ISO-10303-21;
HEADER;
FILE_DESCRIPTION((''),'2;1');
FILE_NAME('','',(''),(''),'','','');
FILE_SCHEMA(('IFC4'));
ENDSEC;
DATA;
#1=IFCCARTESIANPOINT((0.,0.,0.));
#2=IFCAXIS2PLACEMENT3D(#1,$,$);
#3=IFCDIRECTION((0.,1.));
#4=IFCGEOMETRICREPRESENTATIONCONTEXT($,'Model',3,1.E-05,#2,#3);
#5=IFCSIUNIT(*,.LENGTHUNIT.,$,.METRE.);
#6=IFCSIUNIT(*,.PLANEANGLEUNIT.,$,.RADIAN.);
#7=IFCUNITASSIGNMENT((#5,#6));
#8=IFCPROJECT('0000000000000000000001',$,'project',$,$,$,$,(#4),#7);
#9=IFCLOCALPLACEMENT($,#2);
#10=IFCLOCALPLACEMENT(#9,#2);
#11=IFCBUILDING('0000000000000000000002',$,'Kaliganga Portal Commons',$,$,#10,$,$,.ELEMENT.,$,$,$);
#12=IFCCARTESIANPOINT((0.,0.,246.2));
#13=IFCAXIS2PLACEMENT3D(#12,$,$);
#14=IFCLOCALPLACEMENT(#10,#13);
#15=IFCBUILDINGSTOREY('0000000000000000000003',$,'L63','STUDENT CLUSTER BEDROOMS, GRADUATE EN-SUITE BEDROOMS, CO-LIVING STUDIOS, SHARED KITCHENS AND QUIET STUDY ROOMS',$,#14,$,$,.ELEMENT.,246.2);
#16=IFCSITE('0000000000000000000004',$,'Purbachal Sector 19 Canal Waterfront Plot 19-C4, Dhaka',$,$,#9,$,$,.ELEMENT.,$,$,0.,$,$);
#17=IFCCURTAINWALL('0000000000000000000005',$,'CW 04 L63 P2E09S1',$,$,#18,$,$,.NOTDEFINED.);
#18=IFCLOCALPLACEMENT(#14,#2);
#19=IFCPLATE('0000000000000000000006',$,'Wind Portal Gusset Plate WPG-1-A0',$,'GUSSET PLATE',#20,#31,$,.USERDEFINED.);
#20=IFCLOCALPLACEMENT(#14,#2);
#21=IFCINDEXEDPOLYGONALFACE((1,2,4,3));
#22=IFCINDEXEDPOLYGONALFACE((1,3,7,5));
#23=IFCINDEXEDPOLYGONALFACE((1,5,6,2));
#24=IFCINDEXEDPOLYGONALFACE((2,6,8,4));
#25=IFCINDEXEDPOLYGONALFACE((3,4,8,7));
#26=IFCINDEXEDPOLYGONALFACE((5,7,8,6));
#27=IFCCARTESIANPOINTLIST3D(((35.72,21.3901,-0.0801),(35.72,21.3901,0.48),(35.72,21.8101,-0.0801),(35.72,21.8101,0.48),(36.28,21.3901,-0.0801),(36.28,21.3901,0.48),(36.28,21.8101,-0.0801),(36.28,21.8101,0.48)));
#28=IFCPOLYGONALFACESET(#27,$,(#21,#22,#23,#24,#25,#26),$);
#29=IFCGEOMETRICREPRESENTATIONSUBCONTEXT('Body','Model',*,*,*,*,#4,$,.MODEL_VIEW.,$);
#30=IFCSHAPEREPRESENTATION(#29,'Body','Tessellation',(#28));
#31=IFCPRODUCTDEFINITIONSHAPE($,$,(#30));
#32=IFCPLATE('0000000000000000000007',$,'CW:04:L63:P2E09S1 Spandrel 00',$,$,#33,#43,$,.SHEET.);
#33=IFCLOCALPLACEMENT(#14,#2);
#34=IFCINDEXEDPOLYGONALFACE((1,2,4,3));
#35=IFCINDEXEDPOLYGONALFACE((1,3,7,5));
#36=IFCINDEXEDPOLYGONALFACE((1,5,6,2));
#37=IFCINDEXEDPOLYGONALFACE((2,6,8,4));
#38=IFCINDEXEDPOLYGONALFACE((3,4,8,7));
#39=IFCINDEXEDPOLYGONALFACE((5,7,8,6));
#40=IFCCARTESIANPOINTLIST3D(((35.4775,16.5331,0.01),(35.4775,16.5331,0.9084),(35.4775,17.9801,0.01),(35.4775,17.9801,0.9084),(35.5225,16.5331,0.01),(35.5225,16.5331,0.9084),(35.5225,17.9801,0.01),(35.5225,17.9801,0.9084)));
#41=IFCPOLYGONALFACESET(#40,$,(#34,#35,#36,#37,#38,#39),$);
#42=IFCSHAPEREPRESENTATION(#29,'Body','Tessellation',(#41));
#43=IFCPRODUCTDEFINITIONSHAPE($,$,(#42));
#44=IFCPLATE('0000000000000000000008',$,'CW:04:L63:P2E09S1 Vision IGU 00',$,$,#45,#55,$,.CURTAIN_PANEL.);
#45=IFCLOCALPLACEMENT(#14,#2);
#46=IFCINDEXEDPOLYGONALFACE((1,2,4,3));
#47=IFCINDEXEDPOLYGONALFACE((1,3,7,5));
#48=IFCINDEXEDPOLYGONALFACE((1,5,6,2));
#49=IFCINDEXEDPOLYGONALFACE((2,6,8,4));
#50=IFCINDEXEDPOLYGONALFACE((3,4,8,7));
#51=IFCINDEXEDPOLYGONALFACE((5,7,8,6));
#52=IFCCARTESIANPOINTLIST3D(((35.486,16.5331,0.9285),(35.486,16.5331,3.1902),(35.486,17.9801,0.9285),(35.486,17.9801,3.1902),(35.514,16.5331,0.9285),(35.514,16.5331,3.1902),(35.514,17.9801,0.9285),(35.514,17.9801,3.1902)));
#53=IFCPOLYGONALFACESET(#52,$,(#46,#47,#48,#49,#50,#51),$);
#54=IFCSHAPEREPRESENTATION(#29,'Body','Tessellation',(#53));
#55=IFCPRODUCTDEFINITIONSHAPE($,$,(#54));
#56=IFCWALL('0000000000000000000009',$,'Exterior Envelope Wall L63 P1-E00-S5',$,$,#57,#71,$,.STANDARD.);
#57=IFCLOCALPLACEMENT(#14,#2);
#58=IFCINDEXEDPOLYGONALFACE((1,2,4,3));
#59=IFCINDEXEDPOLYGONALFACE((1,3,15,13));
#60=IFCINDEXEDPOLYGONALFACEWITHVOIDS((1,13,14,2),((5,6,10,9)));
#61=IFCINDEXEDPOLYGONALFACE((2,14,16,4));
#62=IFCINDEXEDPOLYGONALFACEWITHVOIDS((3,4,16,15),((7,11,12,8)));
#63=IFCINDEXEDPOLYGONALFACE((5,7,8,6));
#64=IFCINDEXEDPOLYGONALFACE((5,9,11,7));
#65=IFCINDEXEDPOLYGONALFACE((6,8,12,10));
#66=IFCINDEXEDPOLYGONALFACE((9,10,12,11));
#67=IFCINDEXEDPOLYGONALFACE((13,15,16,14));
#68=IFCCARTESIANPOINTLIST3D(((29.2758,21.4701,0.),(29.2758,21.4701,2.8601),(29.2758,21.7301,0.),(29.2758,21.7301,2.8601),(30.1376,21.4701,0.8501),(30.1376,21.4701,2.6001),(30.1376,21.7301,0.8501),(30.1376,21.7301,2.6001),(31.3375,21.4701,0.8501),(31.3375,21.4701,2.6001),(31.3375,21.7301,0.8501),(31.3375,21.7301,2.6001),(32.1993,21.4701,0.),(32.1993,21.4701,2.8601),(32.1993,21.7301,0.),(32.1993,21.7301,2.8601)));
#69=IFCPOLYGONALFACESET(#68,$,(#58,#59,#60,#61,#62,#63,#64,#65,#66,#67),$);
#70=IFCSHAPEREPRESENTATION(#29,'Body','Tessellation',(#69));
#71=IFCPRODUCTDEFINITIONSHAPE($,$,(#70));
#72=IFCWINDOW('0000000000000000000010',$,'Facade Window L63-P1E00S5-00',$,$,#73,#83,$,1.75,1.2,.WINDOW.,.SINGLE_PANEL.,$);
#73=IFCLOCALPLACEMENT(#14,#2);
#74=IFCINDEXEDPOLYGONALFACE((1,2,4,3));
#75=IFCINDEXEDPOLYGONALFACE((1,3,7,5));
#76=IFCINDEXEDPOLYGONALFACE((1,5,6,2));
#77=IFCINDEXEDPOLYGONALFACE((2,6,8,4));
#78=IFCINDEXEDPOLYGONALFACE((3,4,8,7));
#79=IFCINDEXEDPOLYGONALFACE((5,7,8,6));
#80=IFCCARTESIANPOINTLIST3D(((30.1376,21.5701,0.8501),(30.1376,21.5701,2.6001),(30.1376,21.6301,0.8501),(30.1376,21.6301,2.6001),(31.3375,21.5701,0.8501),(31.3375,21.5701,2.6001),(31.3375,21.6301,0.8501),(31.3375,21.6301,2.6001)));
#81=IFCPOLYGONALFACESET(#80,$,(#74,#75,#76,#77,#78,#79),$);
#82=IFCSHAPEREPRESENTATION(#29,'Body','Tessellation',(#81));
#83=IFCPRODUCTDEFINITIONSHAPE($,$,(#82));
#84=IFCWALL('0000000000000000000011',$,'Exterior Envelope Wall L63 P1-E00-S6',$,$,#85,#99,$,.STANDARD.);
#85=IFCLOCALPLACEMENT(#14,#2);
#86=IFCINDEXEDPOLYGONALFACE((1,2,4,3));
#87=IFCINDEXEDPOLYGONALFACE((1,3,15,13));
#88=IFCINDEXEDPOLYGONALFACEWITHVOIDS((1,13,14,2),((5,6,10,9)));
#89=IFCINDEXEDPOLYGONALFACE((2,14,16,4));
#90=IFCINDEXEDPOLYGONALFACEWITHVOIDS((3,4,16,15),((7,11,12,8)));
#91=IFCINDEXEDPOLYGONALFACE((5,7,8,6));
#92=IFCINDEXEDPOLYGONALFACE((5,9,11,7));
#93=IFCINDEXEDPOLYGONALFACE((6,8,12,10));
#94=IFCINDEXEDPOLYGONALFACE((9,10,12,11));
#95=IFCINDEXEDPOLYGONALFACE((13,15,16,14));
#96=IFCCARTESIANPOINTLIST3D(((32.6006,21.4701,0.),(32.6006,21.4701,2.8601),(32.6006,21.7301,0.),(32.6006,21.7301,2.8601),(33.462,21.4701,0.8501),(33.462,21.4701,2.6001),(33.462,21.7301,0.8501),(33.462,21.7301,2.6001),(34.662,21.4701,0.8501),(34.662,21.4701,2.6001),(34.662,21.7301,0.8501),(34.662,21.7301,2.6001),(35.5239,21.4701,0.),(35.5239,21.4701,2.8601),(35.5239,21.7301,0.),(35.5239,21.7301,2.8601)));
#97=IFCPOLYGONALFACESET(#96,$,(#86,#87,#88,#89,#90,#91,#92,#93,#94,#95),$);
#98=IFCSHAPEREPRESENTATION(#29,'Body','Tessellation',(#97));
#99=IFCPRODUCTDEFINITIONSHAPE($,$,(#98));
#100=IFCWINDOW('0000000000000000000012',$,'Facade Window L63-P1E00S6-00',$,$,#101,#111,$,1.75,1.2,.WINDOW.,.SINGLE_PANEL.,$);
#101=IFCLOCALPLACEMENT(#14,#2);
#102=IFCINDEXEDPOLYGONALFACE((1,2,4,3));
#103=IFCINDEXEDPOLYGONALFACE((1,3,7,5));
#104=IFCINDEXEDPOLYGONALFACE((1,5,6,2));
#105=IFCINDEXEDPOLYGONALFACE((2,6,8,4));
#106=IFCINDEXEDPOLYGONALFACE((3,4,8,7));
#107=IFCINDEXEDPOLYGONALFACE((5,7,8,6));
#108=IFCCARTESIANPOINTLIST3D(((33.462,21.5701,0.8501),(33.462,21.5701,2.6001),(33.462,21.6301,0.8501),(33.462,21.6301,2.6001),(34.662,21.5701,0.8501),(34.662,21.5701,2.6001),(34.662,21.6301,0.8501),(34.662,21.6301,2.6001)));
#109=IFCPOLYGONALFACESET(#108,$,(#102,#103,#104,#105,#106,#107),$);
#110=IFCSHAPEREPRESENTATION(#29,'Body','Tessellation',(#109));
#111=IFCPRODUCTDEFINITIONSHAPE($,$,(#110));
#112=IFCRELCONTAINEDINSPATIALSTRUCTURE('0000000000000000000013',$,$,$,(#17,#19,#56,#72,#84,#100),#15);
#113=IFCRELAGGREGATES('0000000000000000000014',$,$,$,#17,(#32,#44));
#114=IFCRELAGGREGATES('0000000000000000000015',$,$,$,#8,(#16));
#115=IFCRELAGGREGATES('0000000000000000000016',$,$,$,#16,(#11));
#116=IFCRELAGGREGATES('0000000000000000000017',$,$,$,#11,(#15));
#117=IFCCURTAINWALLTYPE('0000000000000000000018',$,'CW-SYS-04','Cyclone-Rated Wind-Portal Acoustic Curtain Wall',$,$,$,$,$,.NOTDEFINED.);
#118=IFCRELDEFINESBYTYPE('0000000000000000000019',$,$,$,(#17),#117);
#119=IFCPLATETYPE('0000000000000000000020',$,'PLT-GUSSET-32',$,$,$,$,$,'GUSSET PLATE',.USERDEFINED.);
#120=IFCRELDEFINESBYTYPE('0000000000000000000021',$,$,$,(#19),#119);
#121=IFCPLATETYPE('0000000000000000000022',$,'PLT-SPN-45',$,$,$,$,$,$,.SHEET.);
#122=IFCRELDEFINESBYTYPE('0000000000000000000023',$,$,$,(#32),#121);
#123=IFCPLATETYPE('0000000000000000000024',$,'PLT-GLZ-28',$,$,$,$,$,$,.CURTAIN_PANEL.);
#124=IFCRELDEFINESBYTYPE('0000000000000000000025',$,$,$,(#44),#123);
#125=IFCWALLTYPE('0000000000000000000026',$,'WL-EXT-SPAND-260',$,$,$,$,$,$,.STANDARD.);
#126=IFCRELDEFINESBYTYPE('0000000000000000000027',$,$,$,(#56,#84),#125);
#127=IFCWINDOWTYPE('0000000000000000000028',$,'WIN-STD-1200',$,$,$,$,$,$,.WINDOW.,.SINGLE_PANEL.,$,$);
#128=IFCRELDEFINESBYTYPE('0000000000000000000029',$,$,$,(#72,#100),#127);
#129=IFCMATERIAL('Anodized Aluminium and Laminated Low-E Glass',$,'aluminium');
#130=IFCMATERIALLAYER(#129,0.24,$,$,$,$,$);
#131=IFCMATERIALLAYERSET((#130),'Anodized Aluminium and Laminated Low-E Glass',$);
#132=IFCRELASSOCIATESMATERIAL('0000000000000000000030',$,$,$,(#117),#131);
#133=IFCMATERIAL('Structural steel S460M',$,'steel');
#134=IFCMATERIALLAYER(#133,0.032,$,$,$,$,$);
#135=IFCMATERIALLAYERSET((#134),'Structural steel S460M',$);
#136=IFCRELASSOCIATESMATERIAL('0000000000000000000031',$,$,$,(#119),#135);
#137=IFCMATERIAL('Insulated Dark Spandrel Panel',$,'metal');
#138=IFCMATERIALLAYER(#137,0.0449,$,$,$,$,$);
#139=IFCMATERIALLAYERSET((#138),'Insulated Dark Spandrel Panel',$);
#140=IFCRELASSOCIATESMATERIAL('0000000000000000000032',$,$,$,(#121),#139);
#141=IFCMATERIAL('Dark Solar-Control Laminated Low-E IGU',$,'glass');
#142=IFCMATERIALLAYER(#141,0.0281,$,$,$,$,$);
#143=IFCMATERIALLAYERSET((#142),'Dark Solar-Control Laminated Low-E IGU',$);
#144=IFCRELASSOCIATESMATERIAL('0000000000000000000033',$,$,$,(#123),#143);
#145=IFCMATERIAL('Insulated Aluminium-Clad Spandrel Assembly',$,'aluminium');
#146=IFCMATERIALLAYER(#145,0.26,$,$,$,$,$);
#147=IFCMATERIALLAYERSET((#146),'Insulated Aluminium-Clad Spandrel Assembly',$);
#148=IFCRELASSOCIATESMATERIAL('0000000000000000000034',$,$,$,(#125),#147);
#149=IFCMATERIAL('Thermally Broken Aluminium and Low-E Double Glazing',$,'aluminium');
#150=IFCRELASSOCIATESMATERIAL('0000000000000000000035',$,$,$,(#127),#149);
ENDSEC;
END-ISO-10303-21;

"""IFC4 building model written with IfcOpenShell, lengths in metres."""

from ifc_helpers import new_model, si_unit, direction, frame, frame_2d, origin, origin_2d, place, context, subcontext, project, spatial, rectangle, extrude, source, transform, mapped, material, layer, layer_set, type_object, element, fill, aggregate, save


model = new_model("IFC4")

# Units and contexts
model_context = context("Model", 3, precision=1e-05, world=origin(), true_north=direction((0.0, 1.0)))
body_context = subcontext(model_context, "Body", "Model", "MODEL_VIEW")
ifc_project = project(units=[si_unit("LENGTHUNIT", "METRE"), si_unit("PLANEANGLEUNIT", "RADIAN")], contexts=[model_context])

# Site, building, storey
site_placement = place(None, origin())
site = spatial("IfcSite", under=ifc_project, at=site_placement, Name="Purbachal Sector 19 Canal Waterfront Plot 19-C4, Dhaka", CompositionType="ELEMENT", RefElevation=0.0)
building_placement = place(site_placement, origin())
building = spatial("IfcBuilding", under=site, at=building_placement, Name="Kaliganga Portal Commons", CompositionType="ELEMENT")
storey_placement = place(building_placement, frame((0.0, 0.0, 246.2)))
storey = spatial("IfcBuildingStorey", under=building, at=storey_placement, Name="L63", Description="STUDENT CLUSTER BEDROOMS, GRADUATE EN-SUITE BEDROOMS, CO-LIVING STUDIOS, SHARED KITCHENS AND QUIET STUDY ROOMS", CompositionType="ELEMENT", Elevation=246.2)

# Shared definitions
ifc_material_1 = material(Name="Structural steel S460M", Category="steel")

# Curtain wall
ifc_material_2 = material(Name="Anodized Aluminium and Laminated Low-E Glass", Category="aluminium")
ifc_layer_1 = layer(ifc_material_2, 0.24)
ifc_layer_set_1 = layer_set([ifc_layer_1], Name="Anodized Aluminium and Laminated Low-E Glass")
curtain_wall_type = type_object("IfcCurtainWallType", Name="CW-SYS-04", Description="Cyclone-Rated Wind-Portal Acoustic Curtain Wall", PredefinedType="NOTDEFINED", material=ifc_layer_set_1)
curtain_wall_placement = place(storey_placement, origin())
curtain_wall = element("IfcCurtainWall", 1, at=curtain_wall_placement, inside=storey, type_object=curtain_wall_type, Name="CW 04 L63 P2E09S1", PredefinedType="NOTDEFINED")

# Plates
ifc_layer_2 = layer(ifc_material_1, 0.032)
ifc_layer_set_2 = layer_set([ifc_layer_2], Name="Structural steel S460M")
plate_type_1 = type_object("IfcPlateType", Name="PLT-GUSSET-32", ElementType="GUSSET PLATE", PredefinedType="USERDEFINED", material=ifc_layer_set_2)
shared_shape_1 = source(origin(), body_context, "Body", "SweptSolid", [
    extrude(rectangle(XDim=0.5601, YDim=0.4199, at=origin_2d()), origin(), (0.0, 0.0, 1.0), 0.5601),
])
plate_1_placement = place(storey_placement, frame((36.0, 21.6001, -0.0801), z_axis=(0.0, 0.0, 1.0), x_axis=(1.0, 0.0, 0.0)))
element("IfcPlate", 2, at=plate_1_placement, inside=storey, type_object=plate_type_1, Name="Wind Portal Gusset Plate WPG-1-A0", ObjectType="GUSSET PLATE", PredefinedType="USERDEFINED", context=body_context, shape_type="MappedRepresentation", body=[
    mapped(shared_shape_1, transform((0.0, 0.0, 0.0), x_axis=(1.0, 0.0, 0.0), y_axis=(0.0, 1.0, 0.0), z_axis=(0.0, 0.0, 1.0), scale=1.0)),
])
ifc_material_3 = material(Name="Insulated Dark Spandrel Panel", Category="metal")
ifc_layer_3 = layer(ifc_material_3, 0.0449)
ifc_layer_set_3 = layer_set([ifc_layer_3], Name="Insulated Dark Spandrel Panel")
plate_type_2 = type_object("IfcPlateType", Name="PLT-SPN-45", PredefinedType="SHEET", material=ifc_layer_set_3)
shared_shape_2 = source(origin(), body_context, "Body", "SweptSolid", [
    extrude(rectangle(XDim=1.447, YDim=0.0449, at=origin_2d()), origin(), (0.0, 0.0, 1.0), 0.8984),
])
plate_2_placement = place(storey_placement, frame((35.5, 17.2566, 0.01), z_axis=(0.0, 0.0, 1.0), x_axis=(0.0, -1.0, 0.0)))
plate_2 = element("IfcPlate", 3, at=plate_2_placement, type_object=plate_type_2, Name="CW:04:L63:P2E09S1 Spandrel 00", PredefinedType="SHEET", context=body_context, shape_type="MappedRepresentation", body=[
    mapped(shared_shape_2, transform((0.0, 0.0, 0.0), x_axis=(1.0, 0.0, 0.0), y_axis=(0.0, 1.0, 0.0), z_axis=(0.0, 0.0, 1.0), scale=1.0)),
])
ifc_material_4 = material(Name="Dark Solar-Control Laminated Low-E IGU", Category="glass")
ifc_layer_4 = layer(ifc_material_4, 0.0281)
ifc_layer_set_4 = layer_set([ifc_layer_4], Name="Dark Solar-Control Laminated Low-E IGU")
plate_type_3 = type_object("IfcPlateType", Name="PLT-GLZ-28", PredefinedType="CURTAIN_PANEL", material=ifc_layer_set_4)
shared_shape_3 = source(origin(), body_context, "Body", "SweptSolid", [
    extrude(rectangle(XDim=1.447, YDim=0.0281, at=origin_2d()), origin(), (0.0, 0.0, 1.0), 2.2617),
])
plate_3_placement = place(storey_placement, frame((35.5, 17.2566, 0.9285), z_axis=(0.0, 0.0, 1.0), x_axis=(0.0, -1.0, 0.0)))
plate_3 = element("IfcPlate", 4, at=plate_3_placement, type_object=plate_type_3, Name="CW:04:L63:P2E09S1 Vision IGU 00", PredefinedType="CURTAIN_PANEL", context=body_context, shape_type="MappedRepresentation", body=[
    mapped(shared_shape_3, transform((0.0, 0.0, 0.0), x_axis=(1.0, 0.0, 0.0), y_axis=(0.0, 1.0, 0.0), z_axis=(0.0, 0.0, 1.0), scale=1.0)),
])
aggregate(curtain_wall, [plate_2, plate_3])

# Walls, openings, windows
ifc_material_5 = material(Name="Insulated Aluminium-Clad Spandrel Assembly", Category="aluminium")
ifc_layer_5 = layer(ifc_material_5, 0.26)
ifc_layer_set_5 = layer_set([ifc_layer_5], Name="Insulated Aluminium-Clad Spandrel Assembly")
wall_type_1 = type_object("IfcWallType", Name="WL-EXT-SPAND-260", PredefinedType="STANDARD", material=ifc_layer_set_5)
wall_1_placement = place(storey_placement, frame((32.1995, 21.6001, 0.0), z_axis=(0.0, 0.0, 1.0), x_axis=(-1.0, 0.0, 0.0)))
wall_1 = element("IfcWall", 5, at=wall_1_placement, inside=storey, type_object=wall_type_1, Name="Exterior Envelope Wall L63 P1-E00-S5", PredefinedType="STANDARD", context=body_context, shape_type="SweptSolid", body=[
    extrude(rectangle(XDim=2.9236, YDim=0.26, at=frame_2d((1.4619, 0.0))), origin(), (0.0, 0.0, 1.0), 2.8601),
])
opening_1_placement = place(wall_1_placement, frame((0.8618, 0.0, 0.8501)))
opening_1 = element("IfcOpeningElement", 6, at=opening_1_placement, cuts=wall_1, PredefinedType="OPENING", context=body_context, shape_type="SweptSolid", body=[
    extrude(rectangle(XDim=1.2, YDim=1.75, at=frame_2d((0.6001, 0.875))), frame((0.0, 0.1401, 0.0), z_axis=(0.0, -1.0, 0.0), x_axis=(1.0, 0.0, 0.0)), (0.0, 0.0, 1.0), 0.28),
])
ifc_material_6 = material(Name="Thermally Broken Aluminium and Low-E Double Glazing", Category="aluminium")
window_type = type_object("IfcWindowType", Name="WIN-STD-1200", PartitioningType="SINGLE_PANEL", PredefinedType="WINDOW", material=ifc_material_6)
window_1_placement = place(opening_1_placement, origin())
window_1 = element("IfcWindow", 7, at=window_1_placement, inside=storey, type_object=window_type, Name="Facade Window L63-P1E00S5-00", OverallHeight=1.75, OverallWidth=1.2, PartitioningType="SINGLE_PANEL", PredefinedType="WINDOW", context=body_context, shape_type="SweptSolid", body=[
    extrude(rectangle(XDim=1.2, YDim=1.75, at=frame_2d((0.6001, 0.875))), frame((0.0, 0.03, 0.0), z_axis=(0.0, -1.0, 0.0), x_axis=(1.0, 0.0, 0.0)), (0.0, 0.0, 1.0), 0.0601),
])
fill(opening_1, window_1)
wall_2_placement = place(storey_placement, frame((35.5239, 21.6001, 0.0), z_axis=(0.0, 0.0, 1.0), x_axis=(-1.0, 0.0, 0.0)))
wall_2 = element("IfcWall", 8, at=wall_2_placement, inside=storey, type_object=wall_type_1, Name="Exterior Envelope Wall L63 P1-E00-S6", PredefinedType="STANDARD", context=body_context, shape_type="SweptSolid", body=[
    extrude(rectangle(XDim=2.9233, YDim=0.26, at=frame_2d((1.4617, 0.0))), origin(), (0.0, 0.0, 1.0), 2.8601),
])
opening_2_placement = place(wall_2_placement, frame((0.8618, 0.0, 0.8501)))
opening_2 = element("IfcOpeningElement", 9, at=opening_2_placement, cuts=wall_2, PredefinedType="OPENING", context=body_context, shape_type="SweptSolid", body=[
    extrude(rectangle(XDim=1.2, YDim=1.75, at=frame_2d((0.6001, 0.875))), frame((0.0, 0.1401, 0.0), z_axis=(0.0, -1.0, 0.0), x_axis=(1.0, 0.0, 0.0)), (0.0, 0.0, 1.0), 0.28),
])
window_2_placement = place(opening_2_placement, origin())
window_2 = element("IfcWindow", 10, at=window_2_placement, inside=storey, type_object=window_type, Name="Facade Window L63-P1E00S6-00", OverallHeight=1.75, OverallWidth=1.2, PartitioningType="SINGLE_PANEL", PredefinedType="WINDOW", context=body_context, shape_type="SweptSolid", body=[
    extrude(rectangle(XDim=1.2, YDim=1.75, at=frame_2d((0.6001, 0.875))), frame((0.0, 0.03, 0.0), z_axis=(0.0, -1.0, 0.0), x_axis=(1.0, 0.0, 0.0)), (0.0, 0.0, 1.0), 0.0601),
])
fill(opening_2, window_2)

save(model, "model.ifc")
